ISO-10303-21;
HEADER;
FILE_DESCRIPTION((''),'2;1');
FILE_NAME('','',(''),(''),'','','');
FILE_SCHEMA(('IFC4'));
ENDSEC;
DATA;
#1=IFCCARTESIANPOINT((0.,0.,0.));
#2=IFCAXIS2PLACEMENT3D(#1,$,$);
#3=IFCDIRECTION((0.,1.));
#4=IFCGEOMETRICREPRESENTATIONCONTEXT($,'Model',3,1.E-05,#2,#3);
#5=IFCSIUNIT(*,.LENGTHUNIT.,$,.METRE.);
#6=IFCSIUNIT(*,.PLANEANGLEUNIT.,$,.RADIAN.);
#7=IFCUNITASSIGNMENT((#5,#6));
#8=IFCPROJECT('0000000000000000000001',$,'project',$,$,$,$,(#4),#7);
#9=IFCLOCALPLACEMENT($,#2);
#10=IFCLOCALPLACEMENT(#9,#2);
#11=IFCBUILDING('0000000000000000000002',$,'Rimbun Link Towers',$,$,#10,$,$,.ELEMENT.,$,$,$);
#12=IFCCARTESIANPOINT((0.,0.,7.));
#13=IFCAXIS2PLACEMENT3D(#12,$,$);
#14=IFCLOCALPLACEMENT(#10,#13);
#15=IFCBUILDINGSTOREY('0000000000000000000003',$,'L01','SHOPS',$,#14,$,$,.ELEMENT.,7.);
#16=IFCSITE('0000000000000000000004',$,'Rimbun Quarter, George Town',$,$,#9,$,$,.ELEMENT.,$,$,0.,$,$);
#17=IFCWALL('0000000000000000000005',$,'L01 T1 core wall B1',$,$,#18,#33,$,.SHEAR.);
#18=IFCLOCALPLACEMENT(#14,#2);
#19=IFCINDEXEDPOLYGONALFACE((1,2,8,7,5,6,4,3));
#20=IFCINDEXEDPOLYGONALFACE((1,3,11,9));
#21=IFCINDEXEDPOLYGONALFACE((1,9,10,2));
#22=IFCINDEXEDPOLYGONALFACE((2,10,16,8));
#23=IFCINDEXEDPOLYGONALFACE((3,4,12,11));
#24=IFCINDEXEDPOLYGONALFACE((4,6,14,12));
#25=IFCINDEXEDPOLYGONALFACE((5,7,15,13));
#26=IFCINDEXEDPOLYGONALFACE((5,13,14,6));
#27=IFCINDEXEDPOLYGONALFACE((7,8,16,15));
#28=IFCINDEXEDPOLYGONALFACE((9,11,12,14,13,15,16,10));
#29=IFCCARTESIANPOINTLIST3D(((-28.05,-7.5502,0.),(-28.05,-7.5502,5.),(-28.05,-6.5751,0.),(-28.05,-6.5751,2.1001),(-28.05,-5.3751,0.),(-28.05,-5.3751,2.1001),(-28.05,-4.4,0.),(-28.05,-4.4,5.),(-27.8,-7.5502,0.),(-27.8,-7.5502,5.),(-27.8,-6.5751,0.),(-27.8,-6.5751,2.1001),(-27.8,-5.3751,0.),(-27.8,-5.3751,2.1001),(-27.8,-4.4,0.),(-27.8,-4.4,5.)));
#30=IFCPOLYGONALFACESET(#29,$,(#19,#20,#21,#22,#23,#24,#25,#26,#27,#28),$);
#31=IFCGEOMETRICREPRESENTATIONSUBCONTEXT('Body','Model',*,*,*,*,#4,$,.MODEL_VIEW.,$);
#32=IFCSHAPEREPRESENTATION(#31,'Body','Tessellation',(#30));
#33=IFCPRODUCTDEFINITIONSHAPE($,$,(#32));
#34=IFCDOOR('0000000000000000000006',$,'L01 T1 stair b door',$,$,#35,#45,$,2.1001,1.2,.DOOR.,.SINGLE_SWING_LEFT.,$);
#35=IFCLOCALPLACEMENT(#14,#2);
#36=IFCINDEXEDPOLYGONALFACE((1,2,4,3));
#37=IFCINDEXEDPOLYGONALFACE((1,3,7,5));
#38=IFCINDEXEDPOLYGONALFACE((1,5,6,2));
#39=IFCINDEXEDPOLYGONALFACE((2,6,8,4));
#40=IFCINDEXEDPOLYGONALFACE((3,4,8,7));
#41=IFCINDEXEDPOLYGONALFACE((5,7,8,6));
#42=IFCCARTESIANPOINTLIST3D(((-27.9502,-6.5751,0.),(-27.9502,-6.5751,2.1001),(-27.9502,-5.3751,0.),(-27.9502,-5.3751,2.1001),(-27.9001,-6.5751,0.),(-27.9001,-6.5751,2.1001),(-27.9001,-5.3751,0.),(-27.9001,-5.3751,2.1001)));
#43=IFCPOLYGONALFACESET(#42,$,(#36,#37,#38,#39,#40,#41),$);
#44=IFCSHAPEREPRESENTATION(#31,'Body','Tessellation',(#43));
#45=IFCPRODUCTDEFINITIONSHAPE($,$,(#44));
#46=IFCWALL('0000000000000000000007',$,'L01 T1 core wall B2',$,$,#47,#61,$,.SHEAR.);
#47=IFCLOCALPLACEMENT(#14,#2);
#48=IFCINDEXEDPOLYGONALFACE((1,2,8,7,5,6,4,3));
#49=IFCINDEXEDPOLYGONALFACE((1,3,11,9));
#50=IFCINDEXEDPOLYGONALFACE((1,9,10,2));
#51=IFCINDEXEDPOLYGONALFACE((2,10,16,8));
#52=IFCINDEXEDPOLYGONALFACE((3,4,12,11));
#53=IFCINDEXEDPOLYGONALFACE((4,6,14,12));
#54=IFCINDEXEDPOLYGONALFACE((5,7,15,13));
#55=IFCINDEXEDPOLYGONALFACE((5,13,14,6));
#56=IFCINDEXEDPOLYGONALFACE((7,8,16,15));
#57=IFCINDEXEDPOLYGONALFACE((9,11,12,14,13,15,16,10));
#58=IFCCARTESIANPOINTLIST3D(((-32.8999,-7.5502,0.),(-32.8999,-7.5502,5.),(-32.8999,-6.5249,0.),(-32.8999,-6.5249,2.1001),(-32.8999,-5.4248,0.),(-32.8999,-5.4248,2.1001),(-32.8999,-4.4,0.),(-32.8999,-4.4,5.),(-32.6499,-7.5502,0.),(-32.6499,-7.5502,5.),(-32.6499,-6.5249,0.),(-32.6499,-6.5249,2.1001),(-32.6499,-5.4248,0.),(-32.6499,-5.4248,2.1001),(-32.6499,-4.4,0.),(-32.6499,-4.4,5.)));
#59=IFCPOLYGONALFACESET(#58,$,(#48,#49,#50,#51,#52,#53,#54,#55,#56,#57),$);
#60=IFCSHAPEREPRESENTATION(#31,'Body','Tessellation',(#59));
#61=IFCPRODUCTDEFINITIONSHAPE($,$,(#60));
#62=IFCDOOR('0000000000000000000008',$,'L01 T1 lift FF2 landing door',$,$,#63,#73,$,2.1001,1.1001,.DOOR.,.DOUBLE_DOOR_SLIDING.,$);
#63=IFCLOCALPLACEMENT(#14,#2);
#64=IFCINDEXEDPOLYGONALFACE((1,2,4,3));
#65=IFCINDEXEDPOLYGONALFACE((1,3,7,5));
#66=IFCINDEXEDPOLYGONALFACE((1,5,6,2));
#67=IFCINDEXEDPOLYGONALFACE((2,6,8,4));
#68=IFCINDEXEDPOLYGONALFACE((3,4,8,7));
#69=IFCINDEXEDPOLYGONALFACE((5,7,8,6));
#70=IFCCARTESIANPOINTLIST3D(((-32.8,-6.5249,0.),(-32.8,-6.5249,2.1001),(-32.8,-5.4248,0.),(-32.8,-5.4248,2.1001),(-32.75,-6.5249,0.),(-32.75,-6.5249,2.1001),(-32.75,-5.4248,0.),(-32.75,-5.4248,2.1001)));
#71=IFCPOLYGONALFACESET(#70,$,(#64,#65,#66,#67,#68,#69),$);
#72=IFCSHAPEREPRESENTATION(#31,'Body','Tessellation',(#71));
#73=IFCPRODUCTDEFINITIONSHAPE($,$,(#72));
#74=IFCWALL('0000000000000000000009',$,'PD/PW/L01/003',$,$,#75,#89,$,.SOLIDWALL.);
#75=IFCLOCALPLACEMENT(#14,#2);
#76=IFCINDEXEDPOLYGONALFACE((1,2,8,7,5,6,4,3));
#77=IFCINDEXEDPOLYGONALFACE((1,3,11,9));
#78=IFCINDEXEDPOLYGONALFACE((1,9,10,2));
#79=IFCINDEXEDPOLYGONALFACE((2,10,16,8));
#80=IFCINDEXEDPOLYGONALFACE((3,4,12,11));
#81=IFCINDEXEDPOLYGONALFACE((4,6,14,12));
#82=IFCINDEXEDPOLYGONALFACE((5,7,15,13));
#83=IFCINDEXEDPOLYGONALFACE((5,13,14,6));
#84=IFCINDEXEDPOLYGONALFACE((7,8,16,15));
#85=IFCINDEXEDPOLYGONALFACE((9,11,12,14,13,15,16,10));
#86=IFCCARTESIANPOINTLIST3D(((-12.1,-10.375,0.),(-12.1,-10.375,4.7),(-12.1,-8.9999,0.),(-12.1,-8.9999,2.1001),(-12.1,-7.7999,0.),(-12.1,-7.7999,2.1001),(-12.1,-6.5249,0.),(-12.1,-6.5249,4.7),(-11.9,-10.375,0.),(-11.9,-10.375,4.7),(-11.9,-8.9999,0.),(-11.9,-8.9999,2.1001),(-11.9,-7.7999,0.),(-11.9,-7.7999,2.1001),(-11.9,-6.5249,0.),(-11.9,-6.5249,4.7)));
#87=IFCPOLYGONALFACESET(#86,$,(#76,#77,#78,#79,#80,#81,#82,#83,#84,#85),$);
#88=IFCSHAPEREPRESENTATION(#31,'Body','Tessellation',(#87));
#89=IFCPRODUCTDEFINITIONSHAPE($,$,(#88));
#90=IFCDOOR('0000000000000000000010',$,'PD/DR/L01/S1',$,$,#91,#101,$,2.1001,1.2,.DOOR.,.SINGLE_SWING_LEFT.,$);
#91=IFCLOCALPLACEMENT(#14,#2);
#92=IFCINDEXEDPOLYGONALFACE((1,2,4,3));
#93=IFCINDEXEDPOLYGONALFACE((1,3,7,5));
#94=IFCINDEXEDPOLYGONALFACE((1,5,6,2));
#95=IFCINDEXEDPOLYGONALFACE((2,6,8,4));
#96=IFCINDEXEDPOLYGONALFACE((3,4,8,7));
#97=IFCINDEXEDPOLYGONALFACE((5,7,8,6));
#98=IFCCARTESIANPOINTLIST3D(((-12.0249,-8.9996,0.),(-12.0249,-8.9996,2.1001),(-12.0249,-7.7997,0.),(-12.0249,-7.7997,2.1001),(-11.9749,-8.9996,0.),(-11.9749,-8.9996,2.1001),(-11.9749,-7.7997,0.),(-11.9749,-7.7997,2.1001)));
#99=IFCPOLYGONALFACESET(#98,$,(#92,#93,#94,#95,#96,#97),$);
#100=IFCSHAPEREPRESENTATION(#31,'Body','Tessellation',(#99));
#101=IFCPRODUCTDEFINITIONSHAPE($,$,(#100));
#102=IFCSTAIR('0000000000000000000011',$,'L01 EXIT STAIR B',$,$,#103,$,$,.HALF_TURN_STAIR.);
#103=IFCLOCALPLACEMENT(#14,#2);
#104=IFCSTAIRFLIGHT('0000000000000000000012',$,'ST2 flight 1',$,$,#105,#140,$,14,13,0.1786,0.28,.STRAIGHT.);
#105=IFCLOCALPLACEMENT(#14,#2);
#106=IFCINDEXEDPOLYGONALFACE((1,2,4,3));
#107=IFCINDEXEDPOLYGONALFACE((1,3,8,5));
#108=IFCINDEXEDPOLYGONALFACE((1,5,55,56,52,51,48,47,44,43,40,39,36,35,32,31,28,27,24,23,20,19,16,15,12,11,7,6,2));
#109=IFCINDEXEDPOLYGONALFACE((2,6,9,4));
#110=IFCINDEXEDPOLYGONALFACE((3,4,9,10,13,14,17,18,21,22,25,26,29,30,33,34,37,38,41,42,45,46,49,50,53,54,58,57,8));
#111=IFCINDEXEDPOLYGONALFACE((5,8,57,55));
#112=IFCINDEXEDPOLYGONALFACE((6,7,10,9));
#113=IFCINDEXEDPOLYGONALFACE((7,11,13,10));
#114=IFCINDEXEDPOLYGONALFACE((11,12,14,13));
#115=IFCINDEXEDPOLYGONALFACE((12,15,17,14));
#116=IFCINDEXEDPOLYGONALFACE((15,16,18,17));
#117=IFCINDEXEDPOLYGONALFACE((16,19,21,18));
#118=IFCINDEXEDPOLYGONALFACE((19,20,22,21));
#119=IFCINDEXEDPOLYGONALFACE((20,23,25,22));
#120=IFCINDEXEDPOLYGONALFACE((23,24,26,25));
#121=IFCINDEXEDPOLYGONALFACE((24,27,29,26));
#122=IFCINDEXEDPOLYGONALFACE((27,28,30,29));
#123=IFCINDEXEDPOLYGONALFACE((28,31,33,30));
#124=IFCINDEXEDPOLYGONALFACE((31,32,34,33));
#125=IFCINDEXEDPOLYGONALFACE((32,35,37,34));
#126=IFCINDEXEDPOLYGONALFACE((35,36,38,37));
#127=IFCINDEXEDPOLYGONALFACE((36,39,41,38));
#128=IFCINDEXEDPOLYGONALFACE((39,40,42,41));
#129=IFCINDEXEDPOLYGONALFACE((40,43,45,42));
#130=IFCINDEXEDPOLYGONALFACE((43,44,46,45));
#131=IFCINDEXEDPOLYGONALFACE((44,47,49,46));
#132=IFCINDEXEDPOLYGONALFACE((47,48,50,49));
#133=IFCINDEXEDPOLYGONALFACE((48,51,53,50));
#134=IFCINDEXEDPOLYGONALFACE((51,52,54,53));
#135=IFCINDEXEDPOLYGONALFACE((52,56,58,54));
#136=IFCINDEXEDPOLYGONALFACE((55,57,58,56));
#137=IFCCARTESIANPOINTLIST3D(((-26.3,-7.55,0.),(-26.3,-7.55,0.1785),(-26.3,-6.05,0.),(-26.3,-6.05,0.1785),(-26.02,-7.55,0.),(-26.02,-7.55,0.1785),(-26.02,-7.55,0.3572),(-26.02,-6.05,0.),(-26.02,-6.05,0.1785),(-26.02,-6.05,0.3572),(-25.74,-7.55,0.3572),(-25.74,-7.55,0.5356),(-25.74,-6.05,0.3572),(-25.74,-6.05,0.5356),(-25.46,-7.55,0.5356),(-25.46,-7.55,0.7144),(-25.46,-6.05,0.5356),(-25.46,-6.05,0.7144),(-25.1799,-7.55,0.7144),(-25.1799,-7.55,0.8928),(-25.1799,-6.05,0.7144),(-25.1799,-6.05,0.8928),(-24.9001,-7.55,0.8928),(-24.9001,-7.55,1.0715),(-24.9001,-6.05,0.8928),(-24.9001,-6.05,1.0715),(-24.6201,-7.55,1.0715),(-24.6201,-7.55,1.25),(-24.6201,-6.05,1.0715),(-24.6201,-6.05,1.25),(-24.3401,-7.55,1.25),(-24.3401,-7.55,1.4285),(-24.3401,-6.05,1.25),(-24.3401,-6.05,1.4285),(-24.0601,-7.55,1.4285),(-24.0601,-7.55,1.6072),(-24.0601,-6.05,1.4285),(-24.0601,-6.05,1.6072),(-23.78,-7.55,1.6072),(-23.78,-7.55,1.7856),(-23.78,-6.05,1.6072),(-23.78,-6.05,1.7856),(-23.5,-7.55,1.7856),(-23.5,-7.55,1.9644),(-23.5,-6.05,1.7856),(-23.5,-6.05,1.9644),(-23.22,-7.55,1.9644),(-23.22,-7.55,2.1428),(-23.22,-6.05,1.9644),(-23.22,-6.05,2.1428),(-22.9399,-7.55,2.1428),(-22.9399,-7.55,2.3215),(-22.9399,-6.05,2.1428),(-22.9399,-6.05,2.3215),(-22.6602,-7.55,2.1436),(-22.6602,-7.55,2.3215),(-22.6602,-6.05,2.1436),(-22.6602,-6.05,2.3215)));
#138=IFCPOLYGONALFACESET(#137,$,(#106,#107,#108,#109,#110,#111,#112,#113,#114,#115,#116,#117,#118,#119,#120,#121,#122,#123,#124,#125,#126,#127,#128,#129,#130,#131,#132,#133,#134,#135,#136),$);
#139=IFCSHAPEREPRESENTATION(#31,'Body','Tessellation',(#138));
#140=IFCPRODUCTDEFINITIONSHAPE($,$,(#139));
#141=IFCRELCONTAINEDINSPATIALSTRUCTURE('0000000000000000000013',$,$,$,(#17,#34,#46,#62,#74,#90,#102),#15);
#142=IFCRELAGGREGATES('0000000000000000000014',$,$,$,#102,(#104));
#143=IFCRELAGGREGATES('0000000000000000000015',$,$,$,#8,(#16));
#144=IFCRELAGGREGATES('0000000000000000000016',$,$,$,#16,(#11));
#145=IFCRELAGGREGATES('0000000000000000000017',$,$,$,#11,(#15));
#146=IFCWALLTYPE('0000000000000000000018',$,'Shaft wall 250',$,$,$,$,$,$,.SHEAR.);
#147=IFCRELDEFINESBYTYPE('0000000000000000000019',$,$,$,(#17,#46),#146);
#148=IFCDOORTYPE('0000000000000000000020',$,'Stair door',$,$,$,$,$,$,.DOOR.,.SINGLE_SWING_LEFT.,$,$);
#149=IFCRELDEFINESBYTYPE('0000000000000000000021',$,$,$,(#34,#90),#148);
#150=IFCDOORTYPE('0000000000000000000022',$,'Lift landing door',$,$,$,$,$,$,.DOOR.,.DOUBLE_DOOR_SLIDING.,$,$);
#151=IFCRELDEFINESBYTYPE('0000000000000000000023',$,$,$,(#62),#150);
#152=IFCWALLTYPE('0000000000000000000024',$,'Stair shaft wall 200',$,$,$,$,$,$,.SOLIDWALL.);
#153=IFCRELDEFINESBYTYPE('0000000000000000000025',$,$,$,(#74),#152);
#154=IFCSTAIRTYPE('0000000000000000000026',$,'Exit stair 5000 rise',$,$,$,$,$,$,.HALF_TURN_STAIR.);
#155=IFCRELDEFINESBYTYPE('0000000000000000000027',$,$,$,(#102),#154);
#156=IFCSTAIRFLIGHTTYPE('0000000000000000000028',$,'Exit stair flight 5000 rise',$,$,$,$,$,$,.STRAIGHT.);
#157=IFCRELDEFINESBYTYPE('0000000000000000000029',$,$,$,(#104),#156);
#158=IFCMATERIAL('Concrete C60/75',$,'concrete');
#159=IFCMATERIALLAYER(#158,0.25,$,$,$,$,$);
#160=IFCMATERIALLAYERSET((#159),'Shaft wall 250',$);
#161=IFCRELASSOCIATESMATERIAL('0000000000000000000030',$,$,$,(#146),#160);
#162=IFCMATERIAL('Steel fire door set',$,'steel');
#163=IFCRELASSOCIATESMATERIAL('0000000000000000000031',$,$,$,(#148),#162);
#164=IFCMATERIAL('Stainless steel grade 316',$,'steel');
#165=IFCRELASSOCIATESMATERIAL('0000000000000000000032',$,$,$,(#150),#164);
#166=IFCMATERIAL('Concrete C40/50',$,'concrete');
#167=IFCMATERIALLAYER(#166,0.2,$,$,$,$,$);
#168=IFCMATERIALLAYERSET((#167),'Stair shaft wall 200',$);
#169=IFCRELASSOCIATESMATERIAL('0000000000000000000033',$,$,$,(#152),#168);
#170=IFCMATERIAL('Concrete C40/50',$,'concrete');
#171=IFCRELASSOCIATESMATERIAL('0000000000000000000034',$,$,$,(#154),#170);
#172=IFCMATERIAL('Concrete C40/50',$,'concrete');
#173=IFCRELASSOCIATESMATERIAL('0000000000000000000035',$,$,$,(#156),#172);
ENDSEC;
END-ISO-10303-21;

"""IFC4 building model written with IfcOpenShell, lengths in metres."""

from ifc_helpers import new_model, si_unit, direction, frame, frame_2d, origin, place, context, subcontext, project, spatial, polyline, rectangle, outline, extrude, material, layer, layer_set, type_object, element, fill, aggregate, save


model = new_model("IFC4")

# Units and contexts
model_context = context("Model", 3, precision=1e-05, world=origin(), true_north=direction((0.0, 1.0)))
body_context = subcontext(model_context, "Body", "Model", "MODEL_VIEW")
ifc_project = project(units=[si_unit("LENGTHUNIT", "METRE"), si_unit("PLANEANGLEUNIT", "RADIAN")], contexts=[model_context])

# Site, building, storey
site_placement = place(None, origin())
site = spatial("IfcSite", under=ifc_project, at=site_placement, Name="Rimbun Quarter, George Town", CompositionType="ELEMENT", RefElevation=0.0)
building_placement = place(site_placement, origin())
building = spatial("IfcBuilding", under=site, at=building_placement, Name="Rimbun Link Towers", CompositionType="ELEMENT")
storey_placement = place(building_placement, frame((0.0, 0.0, 7.0)))
storey = spatial("IfcBuildingStorey", under=building, at=storey_placement, Name="L01", Description="SHOPS", CompositionType="ELEMENT", Elevation=7.0)

# Walls, openings, doors
ifc_material_1 = material(Name="Concrete C60/75", Category="concrete")
ifc_layer_1 = layer(ifc_material_1, 0.25)
ifc_layer_set_1 = layer_set([ifc_layer_1], Name="Shaft wall 250")
wall_type_1 = type_object("IfcWallType", Name="Shaft wall 250", PredefinedType="SHEAR", material=ifc_layer_set_1)
wall_1_placement = place(storey_placement, frame((-27.925, -4.3999, 0.0), z_axis=(0.0, 0.0, 1.0), x_axis=(0.0, -1.0, 0.0)))
wall_1 = element("IfcWall", 1, at=wall_1_placement, inside=storey, type_object=wall_type_1, Name="L01 T1 core wall B1", PredefinedType="SHEAR", context=body_context, shape_type="SweptSolid", body=[
    extrude(rectangle(XDim=3.1501, YDim=0.25, at=frame_2d((1.5752, 0.0))), origin(), (0.0, 0.0, 1.0), 5.0),
])
opening_1_placement = place(wall_1_placement, frame((0.9751, 0.0, 0.0)))
opening_1 = element("IfcOpeningElement", 2, at=opening_1_placement, cuts=wall_1, PredefinedType="OPENING", context=body_context, shape_type="SweptSolid", body=[
    extrude(rectangle(XDim=1.2, YDim=2.1001, at=frame_2d((0.6001, 1.05))), frame((0.0, 0.135, 0.0), z_axis=(0.0, -1.0, 0.0), x_axis=(1.0, 0.0, 0.0)), (0.0, 0.0, 1.0), 0.27),
])
ifc_material_2 = material(Name="Steel fire door set", Category="steel")
door_type_1 = type_object("IfcDoorType", Name="Stair door", OperationType="SINGLE_SWING_LEFT", PredefinedType="DOOR", material=ifc_material_2)
door_1_placement = place(opening_1_placement, origin())
door_1 = element("IfcDoor", 3, at=door_1_placement, inside=storey, type_object=door_type_1, Name="L01 T1 stair b door", OperationType="SINGLE_SWING_LEFT", OverallHeight=2.1001, OverallWidth=1.2, PredefinedType="DOOR", context=body_context, shape_type="SweptSolid", body=[
    extrude(rectangle(XDim=1.2, YDim=2.1001, at=frame_2d((0.6001, 1.05))), frame((0.0, 0.0249, 0.0), z_axis=(0.0, -1.0, 0.0), x_axis=(1.0, 0.0, 0.0)), (0.0, 0.0, 1.0), 0.05),
])
fill(opening_1, door_1)
wall_2_placement = place(storey_placement, frame((-32.7749, -4.3999, 0.0), z_axis=(0.0, 0.0, 1.0), x_axis=(0.0, -1.0, 0.0)))
wall_2 = element("IfcWall", 4, at=wall_2_placement, inside=storey, type_object=wall_type_1, Name="L01 T1 core wall B2", PredefinedType="SHEAR", context=body_context, shape_type="SweptSolid", body=[
    extrude(rectangle(XDim=3.1501, YDim=0.25, at=frame_2d((1.5752, 0.0))), origin(), (0.0, 0.0, 1.0), 5.0),
])
opening_2_placement = place(wall_2_placement, frame((1.0249, 0.0, 0.0)))
opening_2 = element("IfcOpeningElement", 5, at=opening_2_placement, cuts=wall_2, PredefinedType="OPENING", context=body_context, shape_type="SweptSolid", body=[
    extrude(rectangle(XDim=1.1001, YDim=2.1001, at=frame_2d((0.55, 1.05))), frame((0.0, 0.135, 0.0), z_axis=(0.0, -1.0, 0.0), x_axis=(1.0, 0.0, 0.0)), (0.0, 0.0, 1.0), 0.27),
])
ifc_material_3 = material(Name="Stainless steel grade 316", Category="steel")
door_type_2 = type_object("IfcDoorType", Name="Lift landing door", OperationType="DOUBLE_DOOR_SLIDING", PredefinedType="DOOR", material=ifc_material_3)
door_2_placement = place(opening_2_placement, origin())
door_2 = element("IfcDoor", 6, at=door_2_placement, inside=storey, type_object=door_type_2, Name="L01 T1 lift FF2 landing door", OperationType="DOUBLE_DOOR_SLIDING", OverallHeight=2.1001, OverallWidth=1.1001, PredefinedType="DOOR", context=body_context, shape_type="SweptSolid", body=[
    extrude(rectangle(XDim=1.1001, YDim=2.1001, at=frame_2d((0.55, 1.05))), frame((0.0, 0.0249, 0.0), z_axis=(0.0, -1.0, 0.0), x_axis=(1.0, 0.0, 0.0)), (0.0, 0.0, 1.0), 0.05),
])
fill(opening_2, door_2)
ifc_material_4 = material(Name="Concrete C40/50", Category="concrete")
ifc_layer_2 = layer(ifc_material_4, 0.2)
ifc_layer_set_2 = layer_set([ifc_layer_2], Name="Stair shaft wall 200")
wall_type_2 = type_object("IfcWallType", Name="Stair shaft wall 200", PredefinedType="SOLIDWALL", material=ifc_layer_set_2)
wall_3_placement = place(storey_placement, frame((-12.0, -6.5249, 0.0), z_axis=(0.0, 0.0, 1.0), x_axis=(0.0, -1.0, 0.0)))
wall_3 = element("IfcWall", 7, at=wall_3_placement, inside=storey, type_object=wall_type_2, Name="PD/PW/L01/003", PredefinedType="SOLIDWALL", context=body_context, shape_type="SweptSolid", body=[
    extrude(rectangle(XDim=3.8501, YDim=0.2, at=frame_2d((1.925, 0.0))), origin(), (0.0, 0.0, 1.0), 4.7),
])
opening_3_placement = place(wall_3_placement, frame((1.2749, 0.0, 0.0)))
opening_3 = element("IfcOpeningElement", 8, at=opening_3_placement, cuts=wall_3, PredefinedType="OPENING", context=body_context, shape_type="SweptSolid", body=[
    extrude(rectangle(XDim=1.2, YDim=2.1001, at=frame_2d((0.6001, 1.05))), frame((0.0, 0.1099, 0.0), z_axis=(0.0, -1.0, 0.0), x_axis=(1.0, 0.0, 0.0)), (0.0, 0.0, 1.0), 0.22),
])
door_3_placement = place(opening_3_placement, frame((1.2, 0.0, 0.0), z_axis=(0.0, 0.0, 1.0), x_axis=(-1.0, 0.0, 0.0)))
door_3 = element("IfcDoor", 9, at=door_3_placement, inside=storey, type_object=door_type_1, Name="PD/DR/L01/S1", OperationType="SINGLE_SWING_LEFT", OverallHeight=2.1001, OverallWidth=1.2, PredefinedType="DOOR", context=body_context, shape_type="SweptSolid", body=[
    extrude(rectangle(XDim=1.2, YDim=2.1001, at=frame_2d((0.6001, 1.05))), frame((0.0, 0.0249, 0.0), z_axis=(0.0, -1.0, 0.0), x_axis=(1.0, 0.0, 0.0)), (0.0, 0.0, 1.0), 0.05),
])
fill(opening_3, door_3)

# Stair, stair flight
ifc_material_5 = material(Name="Concrete C40/50", Category="concrete")
stair_type = type_object("IfcStairType", Name="Exit stair 5000 rise", PredefinedType="HALF_TURN_STAIR", material=ifc_material_5)
stair_placement = place(storey_placement, origin())
stair = element("IfcStair", 10, at=stair_placement, inside=storey, type_object=stair_type, Name="L01 EXIT STAIR B", PredefinedType="HALF_TURN_STAIR")
ifc_material_6 = material(Name="Concrete C40/50", Category="concrete")
stair_flight_type = type_object("IfcStairFlightType", Name="Exit stair flight 5000 rise", PredefinedType="STRAIGHT", material=ifc_material_6)
stair_flight_1_placement = place(storey_placement, frame((-26.3, -6.8, 0.0), z_axis=(0.0, 0.0, 1.0), x_axis=(1.0, 0.0, 0.0)))
stair_flight_1 = element("IfcStairFlight", 11, at=stair_flight_1_placement, type_object=stair_flight_type, Name="ST2 flight 1", NumberOfRisers=14, NumberOfTreads=13, PredefinedType="STRAIGHT", RiserHeight=0.1786, TreadLength=0.28, context=body_context, shape_type="SweptSolid", body=[
    extrude(outline(polyline([(0.0, 0.0), (0.0, 0.1785), (0.28, 0.1785), (0.28, 0.3572), (0.5601, 0.3572), (0.5601, 0.5356), (0.8401, 0.5356), (0.8401, 0.7144), (1.1201, 0.7144), (1.1201, 0.8928), (1.3999, 0.8928), (1.3999, 1.0715), (1.6799, 1.0715), (1.6799, 1.25), (1.96, 1.25), (1.96, 1.4285), (2.24, 1.4285), (2.24, 1.6072), (2.52, 1.6072), (2.52, 1.7856), (2.8, 1.7856), (2.8, 1.9644), (3.0801, 1.9644), (3.0801, 2.1428), (3.3601, 2.1428), (3.3601, 2.3215), (3.6399, 2.3215), (3.6399, 2.5), (3.6399, 2.1436), (0.28, 0.0), (0.0, 0.0)])), frame((0.0, 0.75, 0.0), z_axis=(0.0, -1.0, 0.0), x_axis=(1.0, 0.0, 0.0)), (0.0, 0.0, 1.0), 1.5),
])
aggregate(stair, [stair_flight_1])

save(model, "model.ifc")
